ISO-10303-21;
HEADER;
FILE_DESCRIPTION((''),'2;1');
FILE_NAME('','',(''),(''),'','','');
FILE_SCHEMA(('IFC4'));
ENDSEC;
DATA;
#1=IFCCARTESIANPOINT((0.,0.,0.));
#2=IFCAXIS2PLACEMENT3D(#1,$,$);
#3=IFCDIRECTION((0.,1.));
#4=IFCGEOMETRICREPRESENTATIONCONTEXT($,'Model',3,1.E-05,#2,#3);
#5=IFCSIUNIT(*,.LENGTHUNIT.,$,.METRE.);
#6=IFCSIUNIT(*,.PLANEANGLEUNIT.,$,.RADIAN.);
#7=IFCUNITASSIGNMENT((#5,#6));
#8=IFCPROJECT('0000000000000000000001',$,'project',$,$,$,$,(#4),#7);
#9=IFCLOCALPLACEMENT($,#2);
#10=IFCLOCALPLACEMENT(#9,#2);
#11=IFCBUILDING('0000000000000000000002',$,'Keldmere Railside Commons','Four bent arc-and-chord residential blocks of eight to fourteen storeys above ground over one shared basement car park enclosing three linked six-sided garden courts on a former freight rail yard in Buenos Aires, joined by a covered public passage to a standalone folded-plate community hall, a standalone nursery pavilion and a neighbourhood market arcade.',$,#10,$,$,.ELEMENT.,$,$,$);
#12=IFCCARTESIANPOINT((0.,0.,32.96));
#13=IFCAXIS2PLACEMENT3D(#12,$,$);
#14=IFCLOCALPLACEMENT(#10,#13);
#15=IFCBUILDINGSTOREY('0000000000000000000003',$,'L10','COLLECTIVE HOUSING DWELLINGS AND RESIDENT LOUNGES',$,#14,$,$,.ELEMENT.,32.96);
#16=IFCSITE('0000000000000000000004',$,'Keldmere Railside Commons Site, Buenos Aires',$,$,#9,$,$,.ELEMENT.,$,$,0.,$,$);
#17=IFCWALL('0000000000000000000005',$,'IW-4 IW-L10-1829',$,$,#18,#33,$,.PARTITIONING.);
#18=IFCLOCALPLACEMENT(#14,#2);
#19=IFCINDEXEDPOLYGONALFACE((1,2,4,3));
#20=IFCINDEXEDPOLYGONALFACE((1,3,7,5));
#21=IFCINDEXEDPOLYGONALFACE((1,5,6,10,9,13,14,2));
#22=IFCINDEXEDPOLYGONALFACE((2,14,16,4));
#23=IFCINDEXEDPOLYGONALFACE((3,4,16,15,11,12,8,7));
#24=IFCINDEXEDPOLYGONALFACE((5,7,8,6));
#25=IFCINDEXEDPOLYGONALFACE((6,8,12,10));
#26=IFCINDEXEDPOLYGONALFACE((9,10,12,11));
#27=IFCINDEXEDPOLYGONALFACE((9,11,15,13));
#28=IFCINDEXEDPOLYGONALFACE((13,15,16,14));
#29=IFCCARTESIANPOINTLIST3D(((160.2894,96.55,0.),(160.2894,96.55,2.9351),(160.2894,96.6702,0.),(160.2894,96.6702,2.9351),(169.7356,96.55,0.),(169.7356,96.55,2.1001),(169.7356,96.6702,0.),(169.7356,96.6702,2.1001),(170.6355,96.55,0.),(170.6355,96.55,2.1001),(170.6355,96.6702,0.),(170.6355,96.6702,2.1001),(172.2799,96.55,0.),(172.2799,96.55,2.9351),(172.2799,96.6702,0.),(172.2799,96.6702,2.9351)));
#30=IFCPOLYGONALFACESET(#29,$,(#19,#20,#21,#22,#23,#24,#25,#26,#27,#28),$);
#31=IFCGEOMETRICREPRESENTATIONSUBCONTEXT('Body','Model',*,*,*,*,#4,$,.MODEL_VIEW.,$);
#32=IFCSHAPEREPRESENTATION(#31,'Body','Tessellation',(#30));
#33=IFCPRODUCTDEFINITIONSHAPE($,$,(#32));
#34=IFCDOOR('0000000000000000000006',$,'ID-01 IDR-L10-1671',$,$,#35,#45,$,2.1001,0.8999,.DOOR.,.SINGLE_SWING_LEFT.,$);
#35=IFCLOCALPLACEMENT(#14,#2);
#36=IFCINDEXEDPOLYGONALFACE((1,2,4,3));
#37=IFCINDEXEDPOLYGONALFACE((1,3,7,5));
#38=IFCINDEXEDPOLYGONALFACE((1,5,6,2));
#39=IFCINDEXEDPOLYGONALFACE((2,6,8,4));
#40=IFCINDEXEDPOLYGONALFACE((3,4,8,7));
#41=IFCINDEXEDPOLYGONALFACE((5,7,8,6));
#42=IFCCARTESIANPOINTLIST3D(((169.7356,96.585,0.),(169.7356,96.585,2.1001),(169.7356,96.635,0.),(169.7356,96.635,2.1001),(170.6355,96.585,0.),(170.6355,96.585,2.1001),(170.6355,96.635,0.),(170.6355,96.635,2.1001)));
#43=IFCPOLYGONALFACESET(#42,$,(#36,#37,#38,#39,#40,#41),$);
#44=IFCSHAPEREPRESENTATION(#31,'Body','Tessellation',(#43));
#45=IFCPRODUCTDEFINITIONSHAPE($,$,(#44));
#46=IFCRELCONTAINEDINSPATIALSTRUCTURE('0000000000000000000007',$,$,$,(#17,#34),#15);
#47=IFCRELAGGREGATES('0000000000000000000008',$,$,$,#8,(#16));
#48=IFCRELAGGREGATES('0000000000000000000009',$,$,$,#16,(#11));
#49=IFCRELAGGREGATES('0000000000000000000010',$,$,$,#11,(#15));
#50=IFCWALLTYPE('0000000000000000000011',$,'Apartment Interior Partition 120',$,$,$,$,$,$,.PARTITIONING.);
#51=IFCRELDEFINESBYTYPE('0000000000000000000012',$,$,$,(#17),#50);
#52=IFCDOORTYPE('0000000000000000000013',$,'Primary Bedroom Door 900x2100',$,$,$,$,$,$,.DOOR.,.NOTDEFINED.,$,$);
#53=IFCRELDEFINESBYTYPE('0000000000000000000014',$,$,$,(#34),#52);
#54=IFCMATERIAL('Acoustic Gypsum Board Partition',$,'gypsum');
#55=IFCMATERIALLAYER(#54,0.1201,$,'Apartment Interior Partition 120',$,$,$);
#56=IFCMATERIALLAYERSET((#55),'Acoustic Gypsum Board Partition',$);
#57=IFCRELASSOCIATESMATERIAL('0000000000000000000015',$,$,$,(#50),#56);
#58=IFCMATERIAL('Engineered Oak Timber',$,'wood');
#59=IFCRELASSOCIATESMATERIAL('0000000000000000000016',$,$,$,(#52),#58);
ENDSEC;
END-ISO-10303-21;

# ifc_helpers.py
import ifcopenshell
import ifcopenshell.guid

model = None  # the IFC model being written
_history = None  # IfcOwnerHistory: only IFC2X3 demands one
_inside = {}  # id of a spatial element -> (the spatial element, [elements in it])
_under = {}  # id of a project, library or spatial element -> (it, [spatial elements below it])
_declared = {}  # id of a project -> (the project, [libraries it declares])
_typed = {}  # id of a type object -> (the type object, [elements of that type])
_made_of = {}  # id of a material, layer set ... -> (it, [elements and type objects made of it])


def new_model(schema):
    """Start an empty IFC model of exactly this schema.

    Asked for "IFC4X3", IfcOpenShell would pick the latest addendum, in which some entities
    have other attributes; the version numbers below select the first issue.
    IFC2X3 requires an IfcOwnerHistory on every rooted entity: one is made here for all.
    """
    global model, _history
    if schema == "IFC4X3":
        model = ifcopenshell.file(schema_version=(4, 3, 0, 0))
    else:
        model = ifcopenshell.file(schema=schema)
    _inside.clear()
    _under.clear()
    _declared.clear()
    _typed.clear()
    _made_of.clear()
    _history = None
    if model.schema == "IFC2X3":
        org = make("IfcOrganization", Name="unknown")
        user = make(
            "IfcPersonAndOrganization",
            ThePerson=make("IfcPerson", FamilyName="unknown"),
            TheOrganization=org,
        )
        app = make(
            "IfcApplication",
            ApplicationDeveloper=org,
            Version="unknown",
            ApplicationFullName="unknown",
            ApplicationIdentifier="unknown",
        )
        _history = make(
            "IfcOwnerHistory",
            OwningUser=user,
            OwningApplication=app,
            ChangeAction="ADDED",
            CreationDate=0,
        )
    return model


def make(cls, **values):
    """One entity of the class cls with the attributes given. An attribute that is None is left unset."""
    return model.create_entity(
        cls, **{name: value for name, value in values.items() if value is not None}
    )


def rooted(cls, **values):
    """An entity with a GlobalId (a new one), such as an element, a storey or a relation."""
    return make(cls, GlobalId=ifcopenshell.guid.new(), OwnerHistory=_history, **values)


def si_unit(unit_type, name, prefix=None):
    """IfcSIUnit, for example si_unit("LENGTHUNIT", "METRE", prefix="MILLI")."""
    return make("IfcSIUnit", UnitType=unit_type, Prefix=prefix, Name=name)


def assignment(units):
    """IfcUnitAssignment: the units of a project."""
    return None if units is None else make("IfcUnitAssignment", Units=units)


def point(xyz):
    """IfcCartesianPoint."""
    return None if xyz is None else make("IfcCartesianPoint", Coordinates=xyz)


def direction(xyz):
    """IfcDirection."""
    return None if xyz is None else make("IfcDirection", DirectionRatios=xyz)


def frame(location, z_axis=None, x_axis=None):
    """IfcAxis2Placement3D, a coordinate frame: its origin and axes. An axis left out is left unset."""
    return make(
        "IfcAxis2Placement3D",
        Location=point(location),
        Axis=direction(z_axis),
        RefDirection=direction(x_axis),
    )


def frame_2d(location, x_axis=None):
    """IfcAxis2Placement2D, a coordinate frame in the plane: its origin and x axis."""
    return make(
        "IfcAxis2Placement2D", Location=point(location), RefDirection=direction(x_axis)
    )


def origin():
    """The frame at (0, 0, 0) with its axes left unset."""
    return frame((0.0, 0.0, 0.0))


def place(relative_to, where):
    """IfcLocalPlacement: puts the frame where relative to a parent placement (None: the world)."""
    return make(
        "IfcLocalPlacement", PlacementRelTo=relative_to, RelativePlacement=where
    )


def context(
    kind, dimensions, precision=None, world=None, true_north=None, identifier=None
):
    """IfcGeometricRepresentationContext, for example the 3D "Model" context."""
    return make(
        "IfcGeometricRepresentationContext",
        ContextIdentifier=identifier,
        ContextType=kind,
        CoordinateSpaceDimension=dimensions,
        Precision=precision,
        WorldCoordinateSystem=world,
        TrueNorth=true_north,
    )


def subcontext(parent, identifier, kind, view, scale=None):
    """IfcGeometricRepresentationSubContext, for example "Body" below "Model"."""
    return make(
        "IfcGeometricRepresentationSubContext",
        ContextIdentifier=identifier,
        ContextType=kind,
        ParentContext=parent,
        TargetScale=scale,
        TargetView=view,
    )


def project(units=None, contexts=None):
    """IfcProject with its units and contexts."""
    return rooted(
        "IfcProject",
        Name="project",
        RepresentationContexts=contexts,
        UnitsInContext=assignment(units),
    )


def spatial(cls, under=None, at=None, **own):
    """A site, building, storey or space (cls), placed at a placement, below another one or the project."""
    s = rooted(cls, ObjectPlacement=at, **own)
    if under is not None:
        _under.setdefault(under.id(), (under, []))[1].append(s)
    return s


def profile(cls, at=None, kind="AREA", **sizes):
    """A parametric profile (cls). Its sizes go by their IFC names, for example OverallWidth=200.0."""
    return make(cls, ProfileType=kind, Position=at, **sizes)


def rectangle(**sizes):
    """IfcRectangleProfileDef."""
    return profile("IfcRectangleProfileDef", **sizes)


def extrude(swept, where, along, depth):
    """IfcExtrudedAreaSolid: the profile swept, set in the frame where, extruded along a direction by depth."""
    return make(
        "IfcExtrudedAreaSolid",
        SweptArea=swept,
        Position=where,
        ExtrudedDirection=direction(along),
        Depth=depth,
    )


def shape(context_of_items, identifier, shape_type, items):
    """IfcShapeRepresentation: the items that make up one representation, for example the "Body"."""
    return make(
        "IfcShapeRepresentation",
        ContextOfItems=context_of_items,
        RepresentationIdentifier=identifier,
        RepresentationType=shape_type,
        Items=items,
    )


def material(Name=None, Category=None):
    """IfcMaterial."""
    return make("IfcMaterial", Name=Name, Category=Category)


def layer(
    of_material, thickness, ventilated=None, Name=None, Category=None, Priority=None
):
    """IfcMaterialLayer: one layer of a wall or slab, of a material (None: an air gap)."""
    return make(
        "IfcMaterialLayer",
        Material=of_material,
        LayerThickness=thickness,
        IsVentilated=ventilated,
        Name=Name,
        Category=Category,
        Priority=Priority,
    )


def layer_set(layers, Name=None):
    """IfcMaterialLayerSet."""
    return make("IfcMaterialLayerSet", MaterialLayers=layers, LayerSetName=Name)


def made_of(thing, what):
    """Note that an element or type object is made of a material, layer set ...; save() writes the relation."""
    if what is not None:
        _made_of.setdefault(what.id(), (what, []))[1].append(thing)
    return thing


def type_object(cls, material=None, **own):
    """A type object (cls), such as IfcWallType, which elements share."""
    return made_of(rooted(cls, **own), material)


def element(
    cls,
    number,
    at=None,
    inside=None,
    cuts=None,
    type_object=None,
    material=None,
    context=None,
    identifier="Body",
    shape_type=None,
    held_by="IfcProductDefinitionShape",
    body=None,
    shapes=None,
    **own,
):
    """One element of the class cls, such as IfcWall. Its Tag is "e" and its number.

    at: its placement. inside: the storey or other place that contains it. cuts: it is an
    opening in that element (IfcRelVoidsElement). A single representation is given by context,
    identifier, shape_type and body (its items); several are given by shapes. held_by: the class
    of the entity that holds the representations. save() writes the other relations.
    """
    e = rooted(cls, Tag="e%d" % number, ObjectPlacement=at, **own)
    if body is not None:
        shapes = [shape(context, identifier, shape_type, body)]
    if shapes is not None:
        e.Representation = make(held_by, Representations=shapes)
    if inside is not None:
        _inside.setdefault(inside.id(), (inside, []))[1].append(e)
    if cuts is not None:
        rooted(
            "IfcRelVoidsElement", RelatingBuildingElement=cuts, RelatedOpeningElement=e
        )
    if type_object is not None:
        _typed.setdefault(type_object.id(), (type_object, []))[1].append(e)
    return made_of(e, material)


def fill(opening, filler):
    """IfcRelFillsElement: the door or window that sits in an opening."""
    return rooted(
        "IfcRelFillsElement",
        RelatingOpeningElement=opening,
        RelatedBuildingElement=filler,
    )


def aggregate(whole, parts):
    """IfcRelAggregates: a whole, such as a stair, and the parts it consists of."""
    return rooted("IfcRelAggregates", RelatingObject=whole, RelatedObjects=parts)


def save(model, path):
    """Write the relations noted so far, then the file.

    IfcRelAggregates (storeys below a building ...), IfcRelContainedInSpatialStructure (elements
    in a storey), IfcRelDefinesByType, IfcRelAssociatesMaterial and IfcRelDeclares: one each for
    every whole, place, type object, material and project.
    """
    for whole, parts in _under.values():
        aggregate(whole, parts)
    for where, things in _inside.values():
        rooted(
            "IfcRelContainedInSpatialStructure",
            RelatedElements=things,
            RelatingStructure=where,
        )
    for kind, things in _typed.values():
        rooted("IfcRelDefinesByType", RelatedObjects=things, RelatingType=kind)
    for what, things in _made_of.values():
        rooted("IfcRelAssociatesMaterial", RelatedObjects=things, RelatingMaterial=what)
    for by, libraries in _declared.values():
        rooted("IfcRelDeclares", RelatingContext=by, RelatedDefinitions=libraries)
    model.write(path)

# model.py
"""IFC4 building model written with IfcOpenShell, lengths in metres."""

from ifc_helpers import new_model, si_unit, direction, frame, frame_2d, origin, place, context, subcontext, project, spatial, rectangle, extrude, material, layer, layer_set, type_object, element, fill, save


model = new_model("IFC4")

# Units and contexts
model_context = context("Model", 3, precision=1e-05, world=origin(), true_north=direction((0.0, 1.0)))
body_context = subcontext(model_context, "Body", "Model", "MODEL_VIEW")
ifc_project = project(units=[si_unit("LENGTHUNIT", "METRE"), si_unit("PLANEANGLEUNIT", "RADIAN")], contexts=[model_context])

# Site, building, storey
site_placement = place(None, origin())
site = spatial("IfcSite", under=ifc_project, at=site_placement, Name="Keldmere Railside Commons Site, Buenos Aires", CompositionType="ELEMENT", RefElevation=0.0)
building_placement = place(site_placement, origin())
building = spatial("IfcBuilding", under=site, at=building_placement, Name="Keldmere Railside Commons", Description="Four bent arc-and-chord residential blocks of eight to fourteen storeys above ground over one shared basement car park enclosing three linked six-sided garden courts on a former freight rail yard in Buenos Aires, joined by a covered public passage to a standalone folded-plate community hall, a standalone nursery pavilion and a neighbourhood market arcade.", CompositionType="ELEMENT")
storey_placement = place(building_placement, frame((0.0, 0.0, 32.96)))
storey = spatial("IfcBuildingStorey", under=building, at=storey_placement, Name="L10", Description="COLLECTIVE HOUSING DWELLINGS AND RESIDENT LOUNGES", CompositionType="ELEMENT", Elevation=32.96)

# Wall, opening, door
ifc_material_1 = material(Name="Acoustic Gypsum Board Partition", Category="gypsum")
ifc_layer_1 = layer(ifc_material_1, 0.1201, Name="Apartment Interior Partition 120")
ifc_layer_set_1 = layer_set([ifc_layer_1], Name="Acoustic Gypsum Board Partition")
wall_type = type_object("IfcWallType", Name="Apartment Interior Partition 120", PredefinedType="PARTITIONING", material=ifc_layer_set_1)
wall_placement = place(storey_placement, frame((160.2896, 96.6101, 0.0), z_axis=(0.0, 0.0, 1.0), x_axis=(1.0, 0.0, 0.0)))
wall = element("IfcWall", 1, at=wall_placement, inside=storey, type_object=wall_type, Name="IW-4 IW-L10-1829", PredefinedType="PARTITIONING", context=body_context, shape_type="SweptSolid", body=[
    extrude(rectangle(XDim=11.9905, YDim=0.1201, at=frame_2d((5.9951, 0.0))), origin(), (0.0, 0.0, 1.0), 2.9351),
])
opening_placement = place(wall_placement, frame((9.446, 0.0, 0.0)))
opening = element("IfcOpeningElement", 2, at=opening_placement, cuts=wall, PredefinedType="OPENING", context=body_context, shape_type="SweptSolid", body=[
    extrude(rectangle(XDim=0.8999, YDim=2.1001, at=frame_2d((0.45, 1.05))), frame((0.0, 0.0701, 0.0), z_axis=(0.0, -1.0, 0.0), x_axis=(1.0, 0.0, 0.0)), (0.0, 0.0, 1.0), 0.1401),
])
ifc_material_2 = material(Name="Engineered Oak Timber", Category="wood")
door_type = type_object("IfcDoorType", Name="Primary Bedroom Door 900x2100", OperationType="NOTDEFINED", PredefinedType="DOOR", material=ifc_material_2)
door_placement = place(opening_placement, origin())
door = element("IfcDoor", 3, at=door_placement, inside=storey, type_object=door_type, Name="ID-01 IDR-L10-1671", OperationType="SINGLE_SWING_LEFT", OverallHeight=2.1001, OverallWidth=0.8999, PredefinedType="DOOR", context=body_context, shape_type="SweptSolid", body=[
    extrude(rectangle(XDim=0.8999, YDim=2.1001, at=frame_2d((0.45, 1.05))), frame((0.0, 0.0249, 0.0), z_axis=(0.0, -1.0, 0.0), x_axis=(1.0, 0.0, 0.0)), (0.0, 0.0, 1.0), 0.05),
])
fill(opening, door)

save(model, "model.ifc")
